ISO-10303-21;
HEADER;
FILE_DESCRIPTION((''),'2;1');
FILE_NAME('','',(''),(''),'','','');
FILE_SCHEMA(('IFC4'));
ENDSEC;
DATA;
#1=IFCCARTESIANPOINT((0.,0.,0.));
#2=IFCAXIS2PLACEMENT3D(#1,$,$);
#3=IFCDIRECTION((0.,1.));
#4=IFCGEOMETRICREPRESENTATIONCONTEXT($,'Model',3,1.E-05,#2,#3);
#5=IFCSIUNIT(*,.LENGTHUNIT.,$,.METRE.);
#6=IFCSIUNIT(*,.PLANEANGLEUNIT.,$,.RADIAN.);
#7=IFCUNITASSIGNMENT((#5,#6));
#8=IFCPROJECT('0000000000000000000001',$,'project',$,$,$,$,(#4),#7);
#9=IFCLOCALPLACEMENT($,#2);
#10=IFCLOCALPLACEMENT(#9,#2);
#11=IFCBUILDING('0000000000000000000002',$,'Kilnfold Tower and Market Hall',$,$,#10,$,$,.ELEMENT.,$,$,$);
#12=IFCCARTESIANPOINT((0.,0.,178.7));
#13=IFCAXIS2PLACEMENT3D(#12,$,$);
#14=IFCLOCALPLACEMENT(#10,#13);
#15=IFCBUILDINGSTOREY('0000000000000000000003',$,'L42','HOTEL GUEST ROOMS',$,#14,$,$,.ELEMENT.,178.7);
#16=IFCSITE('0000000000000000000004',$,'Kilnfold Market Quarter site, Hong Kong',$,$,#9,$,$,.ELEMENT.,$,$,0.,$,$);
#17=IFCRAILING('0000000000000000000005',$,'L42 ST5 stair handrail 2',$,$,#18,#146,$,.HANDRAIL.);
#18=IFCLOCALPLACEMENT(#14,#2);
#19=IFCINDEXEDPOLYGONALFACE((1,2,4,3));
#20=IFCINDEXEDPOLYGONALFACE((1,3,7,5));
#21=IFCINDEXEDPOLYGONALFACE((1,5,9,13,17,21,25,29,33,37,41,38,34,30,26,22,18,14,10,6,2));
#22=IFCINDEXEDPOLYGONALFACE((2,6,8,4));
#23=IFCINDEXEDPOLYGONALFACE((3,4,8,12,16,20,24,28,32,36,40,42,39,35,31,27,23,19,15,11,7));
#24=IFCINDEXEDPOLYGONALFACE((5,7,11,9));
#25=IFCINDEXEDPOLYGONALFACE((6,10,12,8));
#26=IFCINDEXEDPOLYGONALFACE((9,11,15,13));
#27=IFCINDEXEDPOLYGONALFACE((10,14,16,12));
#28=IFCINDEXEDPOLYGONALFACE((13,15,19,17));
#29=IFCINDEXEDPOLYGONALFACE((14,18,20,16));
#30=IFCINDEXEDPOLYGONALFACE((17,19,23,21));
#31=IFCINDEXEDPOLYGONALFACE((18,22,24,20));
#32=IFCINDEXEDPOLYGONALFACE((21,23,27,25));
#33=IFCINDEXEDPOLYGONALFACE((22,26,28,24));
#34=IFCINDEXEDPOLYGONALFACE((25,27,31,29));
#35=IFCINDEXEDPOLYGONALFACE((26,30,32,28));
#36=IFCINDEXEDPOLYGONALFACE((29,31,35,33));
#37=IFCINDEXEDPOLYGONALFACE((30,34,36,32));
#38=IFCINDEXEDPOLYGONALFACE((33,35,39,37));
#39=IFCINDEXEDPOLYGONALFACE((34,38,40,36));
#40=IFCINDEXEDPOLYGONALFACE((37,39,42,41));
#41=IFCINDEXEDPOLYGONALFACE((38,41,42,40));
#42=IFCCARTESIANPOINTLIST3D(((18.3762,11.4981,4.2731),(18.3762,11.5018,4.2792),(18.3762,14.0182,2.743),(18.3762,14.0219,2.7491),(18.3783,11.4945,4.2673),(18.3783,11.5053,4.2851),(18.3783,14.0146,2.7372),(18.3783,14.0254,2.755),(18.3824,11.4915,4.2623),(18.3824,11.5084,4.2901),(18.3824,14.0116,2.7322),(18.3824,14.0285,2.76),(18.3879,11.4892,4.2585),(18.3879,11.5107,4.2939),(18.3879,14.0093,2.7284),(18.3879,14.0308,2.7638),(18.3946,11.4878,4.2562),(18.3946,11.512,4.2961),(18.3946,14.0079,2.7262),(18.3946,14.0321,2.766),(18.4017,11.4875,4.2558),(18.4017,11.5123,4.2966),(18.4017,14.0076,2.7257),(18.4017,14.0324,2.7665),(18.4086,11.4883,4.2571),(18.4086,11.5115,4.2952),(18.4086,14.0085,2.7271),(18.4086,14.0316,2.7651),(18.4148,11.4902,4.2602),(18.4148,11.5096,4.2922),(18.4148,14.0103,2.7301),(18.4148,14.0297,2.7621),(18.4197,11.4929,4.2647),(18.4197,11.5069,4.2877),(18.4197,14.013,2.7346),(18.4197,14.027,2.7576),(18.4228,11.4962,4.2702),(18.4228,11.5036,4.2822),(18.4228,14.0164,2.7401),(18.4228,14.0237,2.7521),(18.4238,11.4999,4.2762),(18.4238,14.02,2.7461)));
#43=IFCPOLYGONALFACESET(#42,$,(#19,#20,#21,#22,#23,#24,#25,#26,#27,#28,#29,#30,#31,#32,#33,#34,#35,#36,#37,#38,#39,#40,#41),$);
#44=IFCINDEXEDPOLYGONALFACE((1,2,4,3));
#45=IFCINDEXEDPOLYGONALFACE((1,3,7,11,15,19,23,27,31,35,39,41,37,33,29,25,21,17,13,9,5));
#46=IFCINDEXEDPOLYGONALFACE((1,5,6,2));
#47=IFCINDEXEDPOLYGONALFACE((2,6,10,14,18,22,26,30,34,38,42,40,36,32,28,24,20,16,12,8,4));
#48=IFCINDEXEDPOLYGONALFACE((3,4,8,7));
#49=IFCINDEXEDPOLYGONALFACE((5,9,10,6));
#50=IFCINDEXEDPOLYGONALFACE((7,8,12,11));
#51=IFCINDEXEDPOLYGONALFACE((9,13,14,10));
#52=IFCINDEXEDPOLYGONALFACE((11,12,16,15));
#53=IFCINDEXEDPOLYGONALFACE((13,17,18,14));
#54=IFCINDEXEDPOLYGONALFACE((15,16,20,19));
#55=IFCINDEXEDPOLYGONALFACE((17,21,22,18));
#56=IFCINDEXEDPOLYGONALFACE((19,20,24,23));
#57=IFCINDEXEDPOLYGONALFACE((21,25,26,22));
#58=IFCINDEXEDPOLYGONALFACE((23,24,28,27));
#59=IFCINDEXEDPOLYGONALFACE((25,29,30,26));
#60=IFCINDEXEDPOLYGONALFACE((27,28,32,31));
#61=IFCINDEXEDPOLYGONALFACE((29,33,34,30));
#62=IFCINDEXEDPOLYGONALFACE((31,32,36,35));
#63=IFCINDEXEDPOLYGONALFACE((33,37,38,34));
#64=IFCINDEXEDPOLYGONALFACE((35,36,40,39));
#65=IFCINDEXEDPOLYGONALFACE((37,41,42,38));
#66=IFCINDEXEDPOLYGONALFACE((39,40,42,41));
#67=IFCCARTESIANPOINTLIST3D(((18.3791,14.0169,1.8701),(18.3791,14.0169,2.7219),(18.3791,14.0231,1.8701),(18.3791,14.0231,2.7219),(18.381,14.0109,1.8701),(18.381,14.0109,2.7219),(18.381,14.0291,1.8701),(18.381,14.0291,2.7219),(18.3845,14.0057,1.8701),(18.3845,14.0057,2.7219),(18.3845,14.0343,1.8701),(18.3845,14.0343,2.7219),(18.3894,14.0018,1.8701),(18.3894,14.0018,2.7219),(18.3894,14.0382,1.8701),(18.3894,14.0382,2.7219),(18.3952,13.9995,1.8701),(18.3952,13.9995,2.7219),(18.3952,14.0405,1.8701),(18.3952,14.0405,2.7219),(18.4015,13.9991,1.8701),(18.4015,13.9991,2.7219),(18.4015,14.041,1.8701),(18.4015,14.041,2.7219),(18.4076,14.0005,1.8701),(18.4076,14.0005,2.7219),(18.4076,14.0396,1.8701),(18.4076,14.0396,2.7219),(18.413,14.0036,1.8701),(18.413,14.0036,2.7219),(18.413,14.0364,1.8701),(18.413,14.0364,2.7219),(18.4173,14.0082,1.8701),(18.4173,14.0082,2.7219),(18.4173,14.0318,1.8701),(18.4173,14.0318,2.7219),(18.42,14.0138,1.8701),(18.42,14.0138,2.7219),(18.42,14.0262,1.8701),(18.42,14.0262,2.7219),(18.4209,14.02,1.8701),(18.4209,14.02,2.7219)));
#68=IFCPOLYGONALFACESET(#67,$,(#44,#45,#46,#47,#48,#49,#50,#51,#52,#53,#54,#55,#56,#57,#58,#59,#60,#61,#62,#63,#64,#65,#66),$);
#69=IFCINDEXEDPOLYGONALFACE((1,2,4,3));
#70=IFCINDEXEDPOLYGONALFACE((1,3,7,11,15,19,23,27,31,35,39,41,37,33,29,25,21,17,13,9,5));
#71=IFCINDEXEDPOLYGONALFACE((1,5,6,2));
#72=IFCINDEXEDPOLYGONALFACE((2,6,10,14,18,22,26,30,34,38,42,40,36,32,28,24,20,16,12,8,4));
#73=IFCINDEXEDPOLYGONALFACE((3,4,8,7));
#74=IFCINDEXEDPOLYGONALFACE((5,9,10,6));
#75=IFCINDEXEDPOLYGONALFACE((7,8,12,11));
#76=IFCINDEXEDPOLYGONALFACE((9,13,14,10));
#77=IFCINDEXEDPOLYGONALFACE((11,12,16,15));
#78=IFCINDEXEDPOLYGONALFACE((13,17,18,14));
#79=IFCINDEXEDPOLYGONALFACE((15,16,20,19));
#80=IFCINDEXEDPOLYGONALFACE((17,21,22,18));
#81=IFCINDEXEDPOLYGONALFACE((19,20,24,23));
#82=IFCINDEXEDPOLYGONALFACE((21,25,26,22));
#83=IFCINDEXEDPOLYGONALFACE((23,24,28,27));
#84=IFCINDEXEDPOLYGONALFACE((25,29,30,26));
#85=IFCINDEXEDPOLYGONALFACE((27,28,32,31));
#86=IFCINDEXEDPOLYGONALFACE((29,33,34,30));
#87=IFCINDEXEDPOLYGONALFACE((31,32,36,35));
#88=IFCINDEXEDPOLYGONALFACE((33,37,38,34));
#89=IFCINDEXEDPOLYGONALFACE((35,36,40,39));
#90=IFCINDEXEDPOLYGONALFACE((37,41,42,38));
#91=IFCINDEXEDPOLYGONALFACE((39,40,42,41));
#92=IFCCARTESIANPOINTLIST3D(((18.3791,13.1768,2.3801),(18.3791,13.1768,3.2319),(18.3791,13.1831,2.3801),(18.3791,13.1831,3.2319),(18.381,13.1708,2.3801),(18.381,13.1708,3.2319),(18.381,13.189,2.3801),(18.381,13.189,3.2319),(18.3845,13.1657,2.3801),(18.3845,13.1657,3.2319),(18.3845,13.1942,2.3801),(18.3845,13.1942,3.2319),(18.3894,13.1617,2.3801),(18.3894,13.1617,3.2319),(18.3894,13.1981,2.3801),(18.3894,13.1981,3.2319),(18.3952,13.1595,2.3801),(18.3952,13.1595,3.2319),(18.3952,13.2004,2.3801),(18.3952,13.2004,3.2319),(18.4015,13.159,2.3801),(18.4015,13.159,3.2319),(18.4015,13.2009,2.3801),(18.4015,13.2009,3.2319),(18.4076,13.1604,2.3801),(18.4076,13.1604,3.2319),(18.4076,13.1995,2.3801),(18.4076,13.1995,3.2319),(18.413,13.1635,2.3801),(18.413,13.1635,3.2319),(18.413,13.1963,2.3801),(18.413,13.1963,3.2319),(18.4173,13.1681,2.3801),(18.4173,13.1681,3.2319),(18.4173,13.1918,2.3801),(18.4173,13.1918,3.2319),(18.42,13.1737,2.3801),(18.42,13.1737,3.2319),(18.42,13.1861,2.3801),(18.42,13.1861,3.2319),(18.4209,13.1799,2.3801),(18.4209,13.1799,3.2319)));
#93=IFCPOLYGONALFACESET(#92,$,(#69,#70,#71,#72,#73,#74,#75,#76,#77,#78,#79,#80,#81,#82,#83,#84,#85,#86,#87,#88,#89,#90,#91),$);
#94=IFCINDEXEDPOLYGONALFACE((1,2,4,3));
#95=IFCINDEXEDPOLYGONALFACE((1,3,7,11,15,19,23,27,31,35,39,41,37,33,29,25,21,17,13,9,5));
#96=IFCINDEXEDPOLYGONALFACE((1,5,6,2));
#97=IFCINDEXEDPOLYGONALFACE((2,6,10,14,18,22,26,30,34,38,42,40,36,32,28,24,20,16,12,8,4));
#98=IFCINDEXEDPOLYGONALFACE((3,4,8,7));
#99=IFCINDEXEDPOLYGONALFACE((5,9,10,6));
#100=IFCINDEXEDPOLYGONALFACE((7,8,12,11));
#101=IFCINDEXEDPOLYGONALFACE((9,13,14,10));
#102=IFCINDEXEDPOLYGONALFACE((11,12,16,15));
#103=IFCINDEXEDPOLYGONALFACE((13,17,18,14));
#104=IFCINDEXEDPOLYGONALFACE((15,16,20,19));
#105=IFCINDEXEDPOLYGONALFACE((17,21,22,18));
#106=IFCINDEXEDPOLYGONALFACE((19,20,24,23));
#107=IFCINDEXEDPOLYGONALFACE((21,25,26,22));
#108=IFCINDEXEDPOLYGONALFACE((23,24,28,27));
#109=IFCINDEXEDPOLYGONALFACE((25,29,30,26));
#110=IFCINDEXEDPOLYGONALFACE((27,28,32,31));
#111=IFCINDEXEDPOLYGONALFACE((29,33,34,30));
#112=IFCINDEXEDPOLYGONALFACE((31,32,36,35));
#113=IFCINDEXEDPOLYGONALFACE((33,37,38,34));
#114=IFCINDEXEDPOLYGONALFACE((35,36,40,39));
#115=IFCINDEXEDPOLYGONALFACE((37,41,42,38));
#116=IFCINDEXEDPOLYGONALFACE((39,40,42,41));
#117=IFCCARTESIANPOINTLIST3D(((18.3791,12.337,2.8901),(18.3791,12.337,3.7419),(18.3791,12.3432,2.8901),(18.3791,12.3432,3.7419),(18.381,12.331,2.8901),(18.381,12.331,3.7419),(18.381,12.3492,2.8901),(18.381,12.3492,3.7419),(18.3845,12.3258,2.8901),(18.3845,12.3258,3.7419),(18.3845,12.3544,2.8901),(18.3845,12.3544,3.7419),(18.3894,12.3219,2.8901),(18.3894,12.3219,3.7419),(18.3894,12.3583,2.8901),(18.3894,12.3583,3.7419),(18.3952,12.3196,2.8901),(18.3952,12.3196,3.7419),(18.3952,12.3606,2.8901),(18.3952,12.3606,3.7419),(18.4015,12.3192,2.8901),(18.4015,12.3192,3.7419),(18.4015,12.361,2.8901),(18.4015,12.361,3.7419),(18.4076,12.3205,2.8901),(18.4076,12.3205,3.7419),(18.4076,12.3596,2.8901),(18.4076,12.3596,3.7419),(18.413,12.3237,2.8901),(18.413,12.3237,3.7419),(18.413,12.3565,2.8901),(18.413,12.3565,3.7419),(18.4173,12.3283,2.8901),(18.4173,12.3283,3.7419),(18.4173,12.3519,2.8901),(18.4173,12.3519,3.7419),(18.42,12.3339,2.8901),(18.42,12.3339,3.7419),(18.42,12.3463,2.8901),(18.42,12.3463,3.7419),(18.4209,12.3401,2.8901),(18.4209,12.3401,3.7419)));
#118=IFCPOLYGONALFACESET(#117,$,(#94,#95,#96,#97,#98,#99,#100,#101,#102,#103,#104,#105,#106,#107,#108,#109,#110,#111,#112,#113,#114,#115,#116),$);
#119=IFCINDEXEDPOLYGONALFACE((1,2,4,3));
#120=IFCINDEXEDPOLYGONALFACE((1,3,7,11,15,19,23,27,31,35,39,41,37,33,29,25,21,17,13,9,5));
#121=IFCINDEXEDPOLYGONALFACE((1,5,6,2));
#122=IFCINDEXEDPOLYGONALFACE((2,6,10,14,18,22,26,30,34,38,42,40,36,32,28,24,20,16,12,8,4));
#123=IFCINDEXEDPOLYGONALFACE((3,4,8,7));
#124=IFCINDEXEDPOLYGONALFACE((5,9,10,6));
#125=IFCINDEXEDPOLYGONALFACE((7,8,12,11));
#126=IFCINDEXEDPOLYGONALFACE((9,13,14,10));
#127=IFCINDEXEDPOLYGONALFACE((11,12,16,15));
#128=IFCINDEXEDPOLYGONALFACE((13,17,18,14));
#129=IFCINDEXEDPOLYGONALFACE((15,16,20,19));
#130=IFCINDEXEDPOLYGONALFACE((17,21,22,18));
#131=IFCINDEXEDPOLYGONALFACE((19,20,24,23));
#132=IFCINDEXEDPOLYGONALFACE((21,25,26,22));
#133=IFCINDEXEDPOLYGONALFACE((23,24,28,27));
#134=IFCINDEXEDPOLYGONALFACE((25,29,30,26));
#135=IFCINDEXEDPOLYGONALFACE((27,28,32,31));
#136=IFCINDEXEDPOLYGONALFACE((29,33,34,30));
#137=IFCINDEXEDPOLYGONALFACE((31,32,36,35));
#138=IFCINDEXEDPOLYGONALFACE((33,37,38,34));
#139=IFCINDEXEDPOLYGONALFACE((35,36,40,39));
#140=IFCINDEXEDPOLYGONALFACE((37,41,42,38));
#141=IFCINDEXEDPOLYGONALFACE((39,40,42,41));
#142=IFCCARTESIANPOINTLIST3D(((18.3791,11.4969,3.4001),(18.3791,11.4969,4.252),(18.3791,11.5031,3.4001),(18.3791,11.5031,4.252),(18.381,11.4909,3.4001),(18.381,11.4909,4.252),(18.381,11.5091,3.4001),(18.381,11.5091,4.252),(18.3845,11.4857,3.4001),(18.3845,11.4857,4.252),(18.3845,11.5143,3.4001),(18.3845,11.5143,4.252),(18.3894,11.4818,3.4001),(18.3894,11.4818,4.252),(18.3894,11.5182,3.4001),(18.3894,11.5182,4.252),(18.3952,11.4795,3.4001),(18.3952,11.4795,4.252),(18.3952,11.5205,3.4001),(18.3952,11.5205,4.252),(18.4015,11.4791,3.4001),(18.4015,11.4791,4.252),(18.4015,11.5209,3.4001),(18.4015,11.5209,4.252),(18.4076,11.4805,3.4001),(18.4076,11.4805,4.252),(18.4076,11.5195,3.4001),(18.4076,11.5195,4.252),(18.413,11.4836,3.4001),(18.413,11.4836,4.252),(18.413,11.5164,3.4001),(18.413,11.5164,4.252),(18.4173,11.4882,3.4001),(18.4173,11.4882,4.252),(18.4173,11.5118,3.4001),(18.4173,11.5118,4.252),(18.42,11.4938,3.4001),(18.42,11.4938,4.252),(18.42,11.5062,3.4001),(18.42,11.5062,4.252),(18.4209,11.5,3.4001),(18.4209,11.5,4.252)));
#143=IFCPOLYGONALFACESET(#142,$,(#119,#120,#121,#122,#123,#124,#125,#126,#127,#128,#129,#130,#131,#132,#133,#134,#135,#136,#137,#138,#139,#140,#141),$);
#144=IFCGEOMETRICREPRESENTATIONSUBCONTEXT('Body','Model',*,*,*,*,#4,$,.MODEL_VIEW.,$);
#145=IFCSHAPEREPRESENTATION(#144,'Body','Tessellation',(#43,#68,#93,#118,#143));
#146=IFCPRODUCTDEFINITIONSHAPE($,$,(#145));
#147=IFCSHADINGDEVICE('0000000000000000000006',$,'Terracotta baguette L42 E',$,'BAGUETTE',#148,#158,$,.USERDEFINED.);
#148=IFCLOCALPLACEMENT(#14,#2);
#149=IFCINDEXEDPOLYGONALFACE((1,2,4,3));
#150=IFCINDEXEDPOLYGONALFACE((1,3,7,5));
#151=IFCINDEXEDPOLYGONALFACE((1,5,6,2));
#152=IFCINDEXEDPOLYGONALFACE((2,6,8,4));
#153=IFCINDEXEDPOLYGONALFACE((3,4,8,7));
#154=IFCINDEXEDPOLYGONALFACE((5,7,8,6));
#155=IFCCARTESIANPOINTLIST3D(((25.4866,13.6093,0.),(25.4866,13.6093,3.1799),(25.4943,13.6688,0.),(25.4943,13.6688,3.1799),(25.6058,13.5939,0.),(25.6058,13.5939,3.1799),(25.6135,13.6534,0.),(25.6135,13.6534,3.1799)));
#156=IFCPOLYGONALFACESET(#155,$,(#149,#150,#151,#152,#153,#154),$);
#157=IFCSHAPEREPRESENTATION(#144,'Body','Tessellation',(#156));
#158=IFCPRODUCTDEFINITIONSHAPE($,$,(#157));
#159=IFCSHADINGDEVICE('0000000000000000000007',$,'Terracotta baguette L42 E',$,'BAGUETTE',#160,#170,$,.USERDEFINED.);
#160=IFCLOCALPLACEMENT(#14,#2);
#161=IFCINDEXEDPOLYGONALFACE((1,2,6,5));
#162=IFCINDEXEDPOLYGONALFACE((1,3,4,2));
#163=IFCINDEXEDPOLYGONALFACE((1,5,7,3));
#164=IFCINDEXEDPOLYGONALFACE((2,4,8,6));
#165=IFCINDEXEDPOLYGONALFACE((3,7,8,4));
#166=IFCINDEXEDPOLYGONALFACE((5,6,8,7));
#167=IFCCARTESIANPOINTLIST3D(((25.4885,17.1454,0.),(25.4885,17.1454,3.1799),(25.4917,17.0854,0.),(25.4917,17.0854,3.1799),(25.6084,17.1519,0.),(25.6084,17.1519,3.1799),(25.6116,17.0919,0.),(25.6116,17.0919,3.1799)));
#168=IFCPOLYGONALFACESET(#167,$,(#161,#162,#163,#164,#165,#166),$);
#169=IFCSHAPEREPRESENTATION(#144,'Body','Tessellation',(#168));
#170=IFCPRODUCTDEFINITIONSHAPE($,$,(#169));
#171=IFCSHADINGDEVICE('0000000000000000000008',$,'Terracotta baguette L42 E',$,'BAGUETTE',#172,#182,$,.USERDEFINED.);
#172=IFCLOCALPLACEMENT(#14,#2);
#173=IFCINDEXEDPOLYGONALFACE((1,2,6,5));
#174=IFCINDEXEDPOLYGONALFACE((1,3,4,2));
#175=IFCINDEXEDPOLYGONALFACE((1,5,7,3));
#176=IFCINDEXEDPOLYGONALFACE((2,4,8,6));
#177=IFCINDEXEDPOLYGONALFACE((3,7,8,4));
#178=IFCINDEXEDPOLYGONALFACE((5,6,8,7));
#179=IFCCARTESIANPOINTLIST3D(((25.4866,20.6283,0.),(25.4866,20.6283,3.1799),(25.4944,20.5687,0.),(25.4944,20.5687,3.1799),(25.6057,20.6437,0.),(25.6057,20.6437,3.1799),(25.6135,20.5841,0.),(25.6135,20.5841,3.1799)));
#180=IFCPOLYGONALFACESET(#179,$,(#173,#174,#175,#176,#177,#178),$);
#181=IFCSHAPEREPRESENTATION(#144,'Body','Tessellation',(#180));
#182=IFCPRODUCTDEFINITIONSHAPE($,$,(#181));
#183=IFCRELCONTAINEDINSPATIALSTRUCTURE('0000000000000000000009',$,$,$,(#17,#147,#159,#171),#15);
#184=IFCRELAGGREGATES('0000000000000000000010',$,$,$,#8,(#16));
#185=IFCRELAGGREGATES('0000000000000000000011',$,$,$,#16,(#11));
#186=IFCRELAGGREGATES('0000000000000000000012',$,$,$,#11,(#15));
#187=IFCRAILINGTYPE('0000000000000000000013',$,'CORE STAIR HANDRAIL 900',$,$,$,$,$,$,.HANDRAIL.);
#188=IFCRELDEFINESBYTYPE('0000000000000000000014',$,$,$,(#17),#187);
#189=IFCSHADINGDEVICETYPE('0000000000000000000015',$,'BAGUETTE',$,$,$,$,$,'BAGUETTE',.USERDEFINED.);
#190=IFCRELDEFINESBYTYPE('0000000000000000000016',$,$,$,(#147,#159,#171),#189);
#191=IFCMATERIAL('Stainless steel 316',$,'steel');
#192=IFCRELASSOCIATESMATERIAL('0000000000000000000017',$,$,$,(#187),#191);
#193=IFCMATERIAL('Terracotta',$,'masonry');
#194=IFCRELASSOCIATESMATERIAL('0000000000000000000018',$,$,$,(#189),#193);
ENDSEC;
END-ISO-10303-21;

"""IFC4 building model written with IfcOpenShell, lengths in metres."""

from ifc_helpers import new_model, si_unit, direction, frame, origin, origin_2d, place, context, subcontext, project, spatial, rectangle, circle, extrude, source, transform, mapped, material, material_profile, profile_set, type_object, element, save


model = new_model("IFC4")

# Units and contexts
model_context = context("Model", 3, precision=1e-05, world=origin(), true_north=direction((0.0, 1.0)))
body_context = subcontext(model_context, "Body", "Model", "MODEL_VIEW")
ifc_project = project(units=[si_unit("LENGTHUNIT", "METRE"), si_unit("PLANEANGLEUNIT", "RADIAN")], contexts=[model_context])

# Site, building, storey
site_placement = place(None, origin())
site = spatial("IfcSite", under=ifc_project, at=site_placement, Name="Kilnfold Market Quarter site, Hong Kong", CompositionType="ELEMENT", RefElevation=0.0)
building_placement = place(site_placement, origin())
building = spatial("IfcBuilding", under=site, at=building_placement, Name="Kilnfold Tower and Market Hall", CompositionType="ELEMENT")
storey_placement = place(building_placement, frame((0.0, 0.0, 178.7)))
storey = spatial("IfcBuildingStorey", under=building, at=storey_placement, Name="L42", Description="HOTEL GUEST ROOMS", CompositionType="ELEMENT", Elevation=178.7)

# Railing
ifc_material_1 = material(Name="Stainless steel 316", Category="steel")
railing_type = type_object("IfcRailingType", Name="CORE STAIR HANDRAIL 900", PredefinedType="HANDRAIL", material=ifc_material_1)
for number, where, name in (
    (1, (18.3999, 14.02, 1.8701), "L42 ST5 stair handrail 2"),
):
    element("IfcRailing", number, at=place(storey_placement, frame(where)), inside=storey, type_object=railing_type, Name=name, PredefinedType="HANDRAIL", context=body_context, shape_type="SweptSolid", body=[
        extrude(circle(Radius=0.0239, at=origin_2d()), frame((0.0, 0.0, 0.876), z_axis=(0.0, -0.854785, 0.518982), x_axis=(1.0, 0.0, 0.0)), (0.0, 0.0, 1.0), 2.9482),
        extrude(circle(Radius=0.021, at=origin_2d()), origin(), (0.0, 0.0, 1.0), 0.8518),
        extrude(circle(Radius=0.021, at=origin_2d()), frame((0.0, -0.8401, 0.51)), (0.0, 0.0, 1.0), 0.8518),
        extrude(circle(Radius=0.021, at=origin_2d()), frame((0.0, -1.6799, 1.02)), (0.0, 0.0, 1.0), 0.8518),
        extrude(circle(Radius=0.021, at=origin_2d()), frame((0.0, -2.52, 1.53)), (0.0, 0.0, 1.0), 0.8518),
    ])

# Shading devices
ifc_material_2 = material(Name="Terracotta", Category="masonry")
ifc_material_profile_1 = material_profile(ifc_material_2, rectangle(XDim=0.0601, YDim=0.1201, at=origin_2d()), Name="BAG 60x120")
ifc_profile_set_1 = profile_set([ifc_material_profile_1], Name="Terracotta")
shading_device_type = type_object("IfcShadingDeviceType", Name="BAGUETTE", ElementType="BAGUETTE", PredefinedType="USERDEFINED", material=ifc_profile_set_1)
shared_shape_1 = source(origin(), body_context, "Body", "SweptSolid", [
    extrude(rectangle(XDim=0.0601, YDim=0.1201, at=origin_2d()), origin(), (0.0, 0.0, 1.0), 3.1799),
])
for number, where, z_axis, x_axis, name in (
    (2, (25.55, 13.6313, 0.0), (0.0, 0.0, 1.0), (0.128062, 0.991766, 0.0), "Terracotta baguette L42 E"),
    (3, (25.55, 17.1187, 0.0), (0.0, 0.0, 1.0), (-0.054072, 0.998537, 0.0), "Terracotta baguette L42 E"),
    (4, (25.55, 20.6062, 0.0), (0.0, 0.0, 1.0), (-0.128664, 0.991688, 0.0), "Terracotta baguette L42 E"),
):
    element("IfcShadingDevice", number, at=place(storey_placement, frame(where, z_axis=z_axis, x_axis=x_axis)), inside=storey, type_object=shading_device_type, Name=name, ObjectType="BAGUETTE", PredefinedType="USERDEFINED", context=body_context, shape_type="MappedRepresentation", body=[
        mapped(shared_shape_1, transform((0.0, 0.0, 0.0))),
    ])

save(model, "model.ifc")
